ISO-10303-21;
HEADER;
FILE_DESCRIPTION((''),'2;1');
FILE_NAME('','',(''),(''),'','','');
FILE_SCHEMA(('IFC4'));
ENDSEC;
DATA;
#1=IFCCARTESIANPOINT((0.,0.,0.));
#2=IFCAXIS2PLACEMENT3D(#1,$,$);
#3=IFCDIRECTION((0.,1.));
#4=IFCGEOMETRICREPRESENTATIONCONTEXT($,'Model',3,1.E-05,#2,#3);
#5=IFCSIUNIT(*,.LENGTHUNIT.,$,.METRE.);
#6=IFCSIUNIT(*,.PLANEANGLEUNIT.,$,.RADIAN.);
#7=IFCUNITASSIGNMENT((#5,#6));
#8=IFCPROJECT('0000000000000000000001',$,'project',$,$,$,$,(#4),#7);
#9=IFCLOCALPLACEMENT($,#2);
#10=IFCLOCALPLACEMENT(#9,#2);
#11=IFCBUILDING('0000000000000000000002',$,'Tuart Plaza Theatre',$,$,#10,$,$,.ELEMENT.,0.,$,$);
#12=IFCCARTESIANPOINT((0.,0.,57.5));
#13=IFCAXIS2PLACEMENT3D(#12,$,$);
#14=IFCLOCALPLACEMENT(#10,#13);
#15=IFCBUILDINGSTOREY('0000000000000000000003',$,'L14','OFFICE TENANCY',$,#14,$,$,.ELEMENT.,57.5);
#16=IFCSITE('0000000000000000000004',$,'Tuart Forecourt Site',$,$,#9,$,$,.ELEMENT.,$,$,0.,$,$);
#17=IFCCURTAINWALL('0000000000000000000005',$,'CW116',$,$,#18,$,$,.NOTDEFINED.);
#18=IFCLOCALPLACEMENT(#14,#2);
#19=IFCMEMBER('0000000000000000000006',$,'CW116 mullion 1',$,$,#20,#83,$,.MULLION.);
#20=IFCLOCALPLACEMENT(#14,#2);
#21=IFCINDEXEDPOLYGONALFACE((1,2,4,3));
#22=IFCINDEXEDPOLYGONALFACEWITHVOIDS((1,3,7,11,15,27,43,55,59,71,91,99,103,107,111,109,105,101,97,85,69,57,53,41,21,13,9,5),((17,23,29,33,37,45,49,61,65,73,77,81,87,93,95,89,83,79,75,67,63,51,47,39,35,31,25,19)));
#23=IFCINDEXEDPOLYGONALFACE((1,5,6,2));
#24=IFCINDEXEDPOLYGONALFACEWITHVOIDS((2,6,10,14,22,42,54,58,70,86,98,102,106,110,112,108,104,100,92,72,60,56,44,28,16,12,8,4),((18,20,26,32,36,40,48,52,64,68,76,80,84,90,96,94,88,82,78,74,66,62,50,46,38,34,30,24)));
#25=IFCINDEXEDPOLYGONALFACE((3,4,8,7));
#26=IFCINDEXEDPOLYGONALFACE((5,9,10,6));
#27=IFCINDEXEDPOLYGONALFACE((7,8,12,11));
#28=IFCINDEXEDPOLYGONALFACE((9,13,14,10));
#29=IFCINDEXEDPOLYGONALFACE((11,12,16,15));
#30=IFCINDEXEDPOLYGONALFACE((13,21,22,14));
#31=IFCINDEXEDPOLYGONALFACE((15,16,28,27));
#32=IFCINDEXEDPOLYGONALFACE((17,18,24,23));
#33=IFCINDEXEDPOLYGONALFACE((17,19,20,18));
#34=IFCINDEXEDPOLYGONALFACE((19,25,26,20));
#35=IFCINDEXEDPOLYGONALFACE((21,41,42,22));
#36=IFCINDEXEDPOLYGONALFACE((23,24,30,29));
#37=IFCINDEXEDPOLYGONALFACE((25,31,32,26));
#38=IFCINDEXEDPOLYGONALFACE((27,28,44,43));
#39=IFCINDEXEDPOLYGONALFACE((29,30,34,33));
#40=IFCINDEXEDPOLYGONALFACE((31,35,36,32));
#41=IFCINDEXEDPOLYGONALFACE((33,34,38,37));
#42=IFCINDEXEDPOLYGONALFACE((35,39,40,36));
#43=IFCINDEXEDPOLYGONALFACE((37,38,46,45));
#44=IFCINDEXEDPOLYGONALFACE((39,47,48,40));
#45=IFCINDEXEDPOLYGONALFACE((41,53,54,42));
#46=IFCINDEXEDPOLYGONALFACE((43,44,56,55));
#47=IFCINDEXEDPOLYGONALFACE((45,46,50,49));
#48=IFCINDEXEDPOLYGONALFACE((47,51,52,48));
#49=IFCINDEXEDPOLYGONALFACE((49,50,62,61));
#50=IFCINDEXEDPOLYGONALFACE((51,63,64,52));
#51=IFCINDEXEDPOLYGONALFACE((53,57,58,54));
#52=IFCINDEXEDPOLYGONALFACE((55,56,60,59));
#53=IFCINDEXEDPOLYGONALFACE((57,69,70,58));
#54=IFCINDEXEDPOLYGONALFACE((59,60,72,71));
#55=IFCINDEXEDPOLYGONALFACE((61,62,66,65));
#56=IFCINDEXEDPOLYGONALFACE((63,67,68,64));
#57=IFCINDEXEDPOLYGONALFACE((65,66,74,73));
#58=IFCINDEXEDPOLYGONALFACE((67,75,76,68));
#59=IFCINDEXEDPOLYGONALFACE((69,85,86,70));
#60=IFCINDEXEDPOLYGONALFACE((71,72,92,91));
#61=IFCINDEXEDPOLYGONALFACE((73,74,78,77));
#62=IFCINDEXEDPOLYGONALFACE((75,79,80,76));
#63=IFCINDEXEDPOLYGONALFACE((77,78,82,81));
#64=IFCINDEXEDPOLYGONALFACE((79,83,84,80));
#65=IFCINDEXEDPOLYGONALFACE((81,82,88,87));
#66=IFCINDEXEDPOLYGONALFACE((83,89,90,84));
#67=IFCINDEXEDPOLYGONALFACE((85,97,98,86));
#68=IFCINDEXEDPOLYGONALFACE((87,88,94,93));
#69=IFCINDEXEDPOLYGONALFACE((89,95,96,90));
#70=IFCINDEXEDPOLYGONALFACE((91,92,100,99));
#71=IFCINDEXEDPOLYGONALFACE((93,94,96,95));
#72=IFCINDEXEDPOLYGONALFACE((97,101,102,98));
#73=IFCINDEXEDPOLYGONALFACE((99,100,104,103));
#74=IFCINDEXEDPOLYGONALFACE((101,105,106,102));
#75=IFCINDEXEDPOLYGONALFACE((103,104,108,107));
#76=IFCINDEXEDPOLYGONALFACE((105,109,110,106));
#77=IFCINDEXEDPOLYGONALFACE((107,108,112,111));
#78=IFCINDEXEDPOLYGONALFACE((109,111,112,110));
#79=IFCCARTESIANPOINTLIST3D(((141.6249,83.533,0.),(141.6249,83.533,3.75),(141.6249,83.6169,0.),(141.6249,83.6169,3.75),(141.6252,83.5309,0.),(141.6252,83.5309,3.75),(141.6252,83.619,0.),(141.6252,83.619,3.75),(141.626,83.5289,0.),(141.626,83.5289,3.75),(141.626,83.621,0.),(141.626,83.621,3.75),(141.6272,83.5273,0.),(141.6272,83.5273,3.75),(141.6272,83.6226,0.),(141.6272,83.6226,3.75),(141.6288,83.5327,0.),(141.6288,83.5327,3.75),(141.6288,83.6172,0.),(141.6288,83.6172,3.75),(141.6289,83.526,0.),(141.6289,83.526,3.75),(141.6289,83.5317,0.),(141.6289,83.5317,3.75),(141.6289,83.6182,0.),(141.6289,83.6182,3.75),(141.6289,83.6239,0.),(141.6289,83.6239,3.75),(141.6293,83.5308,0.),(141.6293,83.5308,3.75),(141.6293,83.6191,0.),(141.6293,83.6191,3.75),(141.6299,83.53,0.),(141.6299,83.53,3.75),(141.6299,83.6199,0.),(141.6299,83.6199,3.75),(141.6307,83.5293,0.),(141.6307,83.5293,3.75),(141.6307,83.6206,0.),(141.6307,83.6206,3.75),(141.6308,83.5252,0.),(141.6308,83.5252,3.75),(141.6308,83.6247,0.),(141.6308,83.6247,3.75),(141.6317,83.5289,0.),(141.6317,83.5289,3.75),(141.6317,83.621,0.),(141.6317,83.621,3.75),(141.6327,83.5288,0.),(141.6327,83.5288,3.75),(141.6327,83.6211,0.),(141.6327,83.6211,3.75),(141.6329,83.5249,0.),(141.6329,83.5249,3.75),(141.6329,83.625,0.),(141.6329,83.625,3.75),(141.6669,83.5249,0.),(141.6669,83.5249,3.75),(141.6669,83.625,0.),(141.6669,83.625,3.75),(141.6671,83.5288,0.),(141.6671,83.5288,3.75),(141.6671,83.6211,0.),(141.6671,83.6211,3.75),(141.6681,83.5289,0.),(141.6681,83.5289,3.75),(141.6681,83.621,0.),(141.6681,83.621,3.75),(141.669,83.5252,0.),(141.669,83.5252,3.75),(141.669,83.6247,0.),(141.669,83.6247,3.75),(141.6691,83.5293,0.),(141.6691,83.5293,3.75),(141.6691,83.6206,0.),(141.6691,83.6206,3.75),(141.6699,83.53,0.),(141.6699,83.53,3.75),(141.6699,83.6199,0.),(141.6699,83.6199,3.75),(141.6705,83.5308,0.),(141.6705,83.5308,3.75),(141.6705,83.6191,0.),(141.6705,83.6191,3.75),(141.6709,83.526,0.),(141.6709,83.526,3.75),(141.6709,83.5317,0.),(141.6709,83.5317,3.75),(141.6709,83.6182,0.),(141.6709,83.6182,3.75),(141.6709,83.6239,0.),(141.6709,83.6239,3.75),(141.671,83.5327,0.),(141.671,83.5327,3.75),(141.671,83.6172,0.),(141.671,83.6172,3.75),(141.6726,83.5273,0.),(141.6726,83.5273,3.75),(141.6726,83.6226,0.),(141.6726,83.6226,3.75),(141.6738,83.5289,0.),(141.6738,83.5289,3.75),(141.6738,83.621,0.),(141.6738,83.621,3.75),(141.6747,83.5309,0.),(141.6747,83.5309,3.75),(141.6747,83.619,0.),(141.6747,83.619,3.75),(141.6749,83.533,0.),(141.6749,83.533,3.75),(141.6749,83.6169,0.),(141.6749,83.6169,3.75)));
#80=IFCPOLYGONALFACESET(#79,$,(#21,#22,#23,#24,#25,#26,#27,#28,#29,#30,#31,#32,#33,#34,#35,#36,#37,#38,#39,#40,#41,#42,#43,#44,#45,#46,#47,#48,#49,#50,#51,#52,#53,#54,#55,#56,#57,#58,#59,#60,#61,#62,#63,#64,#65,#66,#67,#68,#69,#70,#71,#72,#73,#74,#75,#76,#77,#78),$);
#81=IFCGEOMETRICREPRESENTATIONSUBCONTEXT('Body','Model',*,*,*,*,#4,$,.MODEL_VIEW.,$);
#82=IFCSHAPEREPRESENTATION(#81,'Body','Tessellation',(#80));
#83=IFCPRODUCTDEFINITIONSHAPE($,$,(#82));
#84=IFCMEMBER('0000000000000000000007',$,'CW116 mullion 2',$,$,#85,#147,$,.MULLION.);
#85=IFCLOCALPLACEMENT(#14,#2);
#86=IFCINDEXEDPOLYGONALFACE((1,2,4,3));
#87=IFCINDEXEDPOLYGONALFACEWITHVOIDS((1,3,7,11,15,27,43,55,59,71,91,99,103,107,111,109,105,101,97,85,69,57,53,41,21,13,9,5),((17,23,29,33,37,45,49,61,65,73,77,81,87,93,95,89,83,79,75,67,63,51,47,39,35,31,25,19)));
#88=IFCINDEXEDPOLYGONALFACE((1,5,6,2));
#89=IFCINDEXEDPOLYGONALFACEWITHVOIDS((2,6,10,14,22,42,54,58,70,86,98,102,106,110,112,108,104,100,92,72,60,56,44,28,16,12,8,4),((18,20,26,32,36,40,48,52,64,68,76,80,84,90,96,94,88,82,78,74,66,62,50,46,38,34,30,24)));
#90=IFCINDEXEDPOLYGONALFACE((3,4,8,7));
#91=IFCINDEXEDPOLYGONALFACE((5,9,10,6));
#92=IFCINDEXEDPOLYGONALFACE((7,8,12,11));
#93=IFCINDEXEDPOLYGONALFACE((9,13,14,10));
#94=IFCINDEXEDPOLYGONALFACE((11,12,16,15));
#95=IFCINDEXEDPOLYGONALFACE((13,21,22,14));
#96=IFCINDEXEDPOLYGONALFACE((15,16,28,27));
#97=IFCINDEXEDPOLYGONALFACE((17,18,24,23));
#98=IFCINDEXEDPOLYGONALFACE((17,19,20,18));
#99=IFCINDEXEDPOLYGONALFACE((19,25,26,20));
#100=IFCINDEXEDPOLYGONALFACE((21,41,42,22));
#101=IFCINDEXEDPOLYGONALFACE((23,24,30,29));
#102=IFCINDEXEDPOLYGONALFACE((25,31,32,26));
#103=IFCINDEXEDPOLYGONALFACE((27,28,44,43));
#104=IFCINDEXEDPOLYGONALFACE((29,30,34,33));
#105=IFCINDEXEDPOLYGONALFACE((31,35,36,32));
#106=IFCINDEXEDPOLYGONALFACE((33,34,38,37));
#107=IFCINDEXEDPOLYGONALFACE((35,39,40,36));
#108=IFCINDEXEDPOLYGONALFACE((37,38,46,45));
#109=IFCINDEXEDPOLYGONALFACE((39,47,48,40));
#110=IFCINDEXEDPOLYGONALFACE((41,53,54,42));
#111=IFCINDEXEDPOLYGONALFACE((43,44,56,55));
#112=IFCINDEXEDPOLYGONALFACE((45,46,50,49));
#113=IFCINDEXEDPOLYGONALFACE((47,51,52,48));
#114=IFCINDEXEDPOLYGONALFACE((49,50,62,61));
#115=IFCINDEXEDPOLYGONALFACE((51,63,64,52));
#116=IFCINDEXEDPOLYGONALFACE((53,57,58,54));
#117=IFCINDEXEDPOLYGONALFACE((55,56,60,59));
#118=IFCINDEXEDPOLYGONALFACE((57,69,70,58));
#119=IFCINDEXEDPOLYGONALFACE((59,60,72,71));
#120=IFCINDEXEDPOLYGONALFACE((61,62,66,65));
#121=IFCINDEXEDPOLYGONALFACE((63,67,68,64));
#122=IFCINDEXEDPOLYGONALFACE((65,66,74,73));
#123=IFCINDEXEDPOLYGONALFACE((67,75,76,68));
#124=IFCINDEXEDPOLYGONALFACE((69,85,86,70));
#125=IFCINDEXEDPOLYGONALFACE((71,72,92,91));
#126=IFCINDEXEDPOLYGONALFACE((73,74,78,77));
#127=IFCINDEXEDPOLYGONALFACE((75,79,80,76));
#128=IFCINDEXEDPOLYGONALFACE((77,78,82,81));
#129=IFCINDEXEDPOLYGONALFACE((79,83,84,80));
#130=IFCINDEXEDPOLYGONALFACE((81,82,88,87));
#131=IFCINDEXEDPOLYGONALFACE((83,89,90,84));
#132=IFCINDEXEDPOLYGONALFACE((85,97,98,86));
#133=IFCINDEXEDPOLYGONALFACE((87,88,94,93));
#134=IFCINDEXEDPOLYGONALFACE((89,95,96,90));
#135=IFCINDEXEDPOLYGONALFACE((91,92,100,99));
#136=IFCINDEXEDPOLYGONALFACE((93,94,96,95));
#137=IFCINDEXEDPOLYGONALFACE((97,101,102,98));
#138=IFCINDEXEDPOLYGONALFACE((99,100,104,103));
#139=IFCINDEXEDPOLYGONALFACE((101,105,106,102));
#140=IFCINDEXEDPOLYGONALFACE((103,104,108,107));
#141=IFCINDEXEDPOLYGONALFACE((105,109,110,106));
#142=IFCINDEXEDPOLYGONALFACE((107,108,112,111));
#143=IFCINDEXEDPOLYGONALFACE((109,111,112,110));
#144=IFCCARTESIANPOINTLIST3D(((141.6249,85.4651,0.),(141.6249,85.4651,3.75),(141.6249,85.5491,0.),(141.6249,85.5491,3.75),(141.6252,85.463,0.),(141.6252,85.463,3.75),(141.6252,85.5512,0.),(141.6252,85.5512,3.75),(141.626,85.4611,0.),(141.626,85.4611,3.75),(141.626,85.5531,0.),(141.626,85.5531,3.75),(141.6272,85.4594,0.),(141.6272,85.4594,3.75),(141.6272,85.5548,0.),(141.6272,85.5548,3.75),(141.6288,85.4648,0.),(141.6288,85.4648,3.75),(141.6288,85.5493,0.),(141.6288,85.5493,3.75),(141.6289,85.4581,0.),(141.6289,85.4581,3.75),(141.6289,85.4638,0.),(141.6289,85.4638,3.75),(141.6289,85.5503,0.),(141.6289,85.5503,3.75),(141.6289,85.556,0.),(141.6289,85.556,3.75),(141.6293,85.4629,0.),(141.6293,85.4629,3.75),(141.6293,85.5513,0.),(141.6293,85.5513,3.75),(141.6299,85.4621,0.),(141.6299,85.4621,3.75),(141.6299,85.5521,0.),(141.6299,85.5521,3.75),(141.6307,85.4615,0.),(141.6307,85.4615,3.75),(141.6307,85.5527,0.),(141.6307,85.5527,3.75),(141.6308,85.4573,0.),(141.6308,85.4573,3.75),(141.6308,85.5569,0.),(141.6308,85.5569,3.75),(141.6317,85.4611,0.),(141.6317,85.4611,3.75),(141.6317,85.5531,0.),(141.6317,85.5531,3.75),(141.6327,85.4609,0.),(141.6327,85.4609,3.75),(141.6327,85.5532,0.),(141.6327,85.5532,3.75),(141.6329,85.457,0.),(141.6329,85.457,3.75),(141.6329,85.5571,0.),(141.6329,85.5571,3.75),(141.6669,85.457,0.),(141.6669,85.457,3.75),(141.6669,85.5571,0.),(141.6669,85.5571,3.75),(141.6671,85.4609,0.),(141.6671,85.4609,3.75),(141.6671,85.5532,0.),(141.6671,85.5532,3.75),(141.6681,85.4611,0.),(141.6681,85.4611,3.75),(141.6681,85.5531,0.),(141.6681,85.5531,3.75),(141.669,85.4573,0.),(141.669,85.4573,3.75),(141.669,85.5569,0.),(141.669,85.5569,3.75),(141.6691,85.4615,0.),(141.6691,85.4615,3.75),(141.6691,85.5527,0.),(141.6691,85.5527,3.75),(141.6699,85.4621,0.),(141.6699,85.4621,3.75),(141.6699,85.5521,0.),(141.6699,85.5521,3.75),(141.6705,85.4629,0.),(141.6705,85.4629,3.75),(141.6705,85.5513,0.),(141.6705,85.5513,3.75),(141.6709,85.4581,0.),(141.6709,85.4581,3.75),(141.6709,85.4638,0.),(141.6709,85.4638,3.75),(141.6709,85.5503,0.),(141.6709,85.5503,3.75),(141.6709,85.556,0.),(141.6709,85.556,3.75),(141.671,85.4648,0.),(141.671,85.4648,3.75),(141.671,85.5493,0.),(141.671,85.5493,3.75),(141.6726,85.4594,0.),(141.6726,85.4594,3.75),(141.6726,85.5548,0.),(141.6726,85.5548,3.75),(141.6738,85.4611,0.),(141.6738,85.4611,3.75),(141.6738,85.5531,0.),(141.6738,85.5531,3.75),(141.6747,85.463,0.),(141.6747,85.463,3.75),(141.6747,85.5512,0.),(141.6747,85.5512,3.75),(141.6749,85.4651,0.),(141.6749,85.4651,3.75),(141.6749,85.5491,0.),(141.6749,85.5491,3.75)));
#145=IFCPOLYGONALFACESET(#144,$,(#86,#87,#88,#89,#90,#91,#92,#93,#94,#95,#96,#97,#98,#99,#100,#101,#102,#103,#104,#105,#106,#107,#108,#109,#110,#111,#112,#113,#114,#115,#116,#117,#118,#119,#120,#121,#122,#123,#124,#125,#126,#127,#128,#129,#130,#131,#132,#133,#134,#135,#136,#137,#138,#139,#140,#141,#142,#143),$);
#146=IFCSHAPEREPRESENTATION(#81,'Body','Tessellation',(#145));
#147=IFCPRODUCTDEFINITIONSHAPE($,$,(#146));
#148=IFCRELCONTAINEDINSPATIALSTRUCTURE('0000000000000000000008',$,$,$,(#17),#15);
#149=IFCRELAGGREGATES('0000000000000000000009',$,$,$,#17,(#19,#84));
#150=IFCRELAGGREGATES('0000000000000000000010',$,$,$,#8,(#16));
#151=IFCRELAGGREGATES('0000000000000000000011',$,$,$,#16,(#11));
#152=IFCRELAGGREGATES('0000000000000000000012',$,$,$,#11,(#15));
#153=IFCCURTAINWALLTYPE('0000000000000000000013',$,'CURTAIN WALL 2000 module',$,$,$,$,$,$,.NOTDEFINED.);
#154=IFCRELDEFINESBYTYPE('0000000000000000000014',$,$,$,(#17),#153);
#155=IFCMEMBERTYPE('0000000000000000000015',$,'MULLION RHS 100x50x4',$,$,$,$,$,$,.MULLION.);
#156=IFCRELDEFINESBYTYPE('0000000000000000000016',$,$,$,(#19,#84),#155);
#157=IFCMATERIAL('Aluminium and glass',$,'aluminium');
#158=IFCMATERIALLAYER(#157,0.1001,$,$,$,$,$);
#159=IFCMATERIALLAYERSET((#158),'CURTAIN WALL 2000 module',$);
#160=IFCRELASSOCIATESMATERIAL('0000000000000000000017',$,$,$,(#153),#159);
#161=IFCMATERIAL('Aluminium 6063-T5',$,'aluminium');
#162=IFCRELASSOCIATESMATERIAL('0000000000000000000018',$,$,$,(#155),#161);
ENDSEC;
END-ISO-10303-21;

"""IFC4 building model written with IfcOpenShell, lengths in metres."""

from ifc_helpers import new_model, si_unit, direction, frame, origin, origin_2d, place, context, subcontext, project, spatial, hollow_rectangle, extrude, material, layer, layer_set, material_profile, profile_set, type_object, element, aggregate, save


model = new_model("IFC4")

# Units and contexts
model_context = context("Model", 3, precision=1e-05, world=origin(), true_north=direction((0.0, 1.0)))
body_context = subcontext(model_context, "Body", "Model", "MODEL_VIEW")
ifc_project = project(units=[si_unit("LENGTHUNIT", "METRE"), si_unit("PLANEANGLEUNIT", "RADIAN")], contexts=[model_context])

# Site, building, storey
site_placement = place(None, origin())
site = spatial("IfcSite", under=ifc_project, at=site_placement, Name="Tuart Forecourt Site", CompositionType="ELEMENT", RefElevation=0.0)
building_placement = place(site_placement, origin())
building = spatial("IfcBuilding", under=site, at=building_placement, Name="Tuart Plaza Theatre", CompositionType="ELEMENT", ElevationOfRefHeight=0.0)
storey_placement = place(building_placement, frame((0.0, 0.0, 57.5)))
storey = spatial("IfcBuildingStorey", under=building, at=storey_placement, Name="L14", Description="OFFICE TENANCY", CompositionType="ELEMENT", Elevation=57.5)

# Curtain wall, members
ifc_material_1 = material(Name="Aluminium and glass", Category="aluminium")
ifc_layer_1 = layer(ifc_material_1, 0.1001)
ifc_layer_set_1 = layer_set([ifc_layer_1], Name="CURTAIN WALL 2000 module")
curtain_wall_type = type_object("IfcCurtainWallType", Name="CURTAIN WALL 2000 module", PredefinedType="NOTDEFINED", material=ifc_layer_set_1)
ifc_material_2 = material(Name="Aluminium 6063-T5", Category="aluminium")
ifc_material_profile_1 = material_profile(ifc_material_2, hollow_rectangle(XDim=0.05, YDim=0.1001, WallThickness=0.0039, InnerFilletRadius=0.0039, OuterFilletRadius=0.0081, at=origin_2d()), Name="RHS 100x50x4")
ifc_profile_set_1 = profile_set([ifc_material_profile_1], Name="Aluminium 6063-T5")
member_type_1 = type_object("IfcMemberType", Name="MULLION RHS 100x50x4", PredefinedType="MULLION", material=ifc_profile_set_1)
curtain_wall_1_placement = place(storey_placement, origin())
curtain_wall_1 = element("IfcCurtainWall", 1, at=curtain_wall_1_placement, inside=storey, type_object=curtain_wall_type, Name="CW116", PredefinedType="NOTDEFINED")
member_1_placement = place(storey_placement, frame((141.6499, 83.575, 0.0), z_axis=(0.0, 0.0, 1.0), x_axis=(-1.0, 0.0, 0.0)))
member_1 = element("IfcMember", 2, at=member_1_placement, type_object=member_type_1, Name="CW116 mullion 1", PredefinedType="MULLION", context=body_context, shape_type="SweptSolid", body=[
    extrude(hollow_rectangle(XDim=0.05, YDim=0.1001, WallThickness=0.0039, InnerFilletRadius=0.0039, OuterFilletRadius=0.0081, at=origin_2d()), origin(), (0.0, 0.0, 1.0), 3.75),
])
member_2_placement = place(storey_placement, frame((141.6499, 85.5071, 0.0), z_axis=(0.0, 0.0, 1.0), x_axis=(-1.0, 0.0, 0.0)))
member_2 = element("IfcMember", 3, at=member_2_placement, type_object=member_type_1, Name="CW116 mullion 2", PredefinedType="MULLION", context=body_context, shape_type="SweptSolid", body=[
    extrude(hollow_rectangle(XDim=0.05, YDim=0.1001, WallThickness=0.0039, InnerFilletRadius=0.0039, OuterFilletRadius=0.0081, at=origin_2d()), origin(), (0.0, 0.0, 1.0), 3.75),
])

aggregate(curtain_wall_1, [member_1, member_2])

save(model, "model.ifc")
